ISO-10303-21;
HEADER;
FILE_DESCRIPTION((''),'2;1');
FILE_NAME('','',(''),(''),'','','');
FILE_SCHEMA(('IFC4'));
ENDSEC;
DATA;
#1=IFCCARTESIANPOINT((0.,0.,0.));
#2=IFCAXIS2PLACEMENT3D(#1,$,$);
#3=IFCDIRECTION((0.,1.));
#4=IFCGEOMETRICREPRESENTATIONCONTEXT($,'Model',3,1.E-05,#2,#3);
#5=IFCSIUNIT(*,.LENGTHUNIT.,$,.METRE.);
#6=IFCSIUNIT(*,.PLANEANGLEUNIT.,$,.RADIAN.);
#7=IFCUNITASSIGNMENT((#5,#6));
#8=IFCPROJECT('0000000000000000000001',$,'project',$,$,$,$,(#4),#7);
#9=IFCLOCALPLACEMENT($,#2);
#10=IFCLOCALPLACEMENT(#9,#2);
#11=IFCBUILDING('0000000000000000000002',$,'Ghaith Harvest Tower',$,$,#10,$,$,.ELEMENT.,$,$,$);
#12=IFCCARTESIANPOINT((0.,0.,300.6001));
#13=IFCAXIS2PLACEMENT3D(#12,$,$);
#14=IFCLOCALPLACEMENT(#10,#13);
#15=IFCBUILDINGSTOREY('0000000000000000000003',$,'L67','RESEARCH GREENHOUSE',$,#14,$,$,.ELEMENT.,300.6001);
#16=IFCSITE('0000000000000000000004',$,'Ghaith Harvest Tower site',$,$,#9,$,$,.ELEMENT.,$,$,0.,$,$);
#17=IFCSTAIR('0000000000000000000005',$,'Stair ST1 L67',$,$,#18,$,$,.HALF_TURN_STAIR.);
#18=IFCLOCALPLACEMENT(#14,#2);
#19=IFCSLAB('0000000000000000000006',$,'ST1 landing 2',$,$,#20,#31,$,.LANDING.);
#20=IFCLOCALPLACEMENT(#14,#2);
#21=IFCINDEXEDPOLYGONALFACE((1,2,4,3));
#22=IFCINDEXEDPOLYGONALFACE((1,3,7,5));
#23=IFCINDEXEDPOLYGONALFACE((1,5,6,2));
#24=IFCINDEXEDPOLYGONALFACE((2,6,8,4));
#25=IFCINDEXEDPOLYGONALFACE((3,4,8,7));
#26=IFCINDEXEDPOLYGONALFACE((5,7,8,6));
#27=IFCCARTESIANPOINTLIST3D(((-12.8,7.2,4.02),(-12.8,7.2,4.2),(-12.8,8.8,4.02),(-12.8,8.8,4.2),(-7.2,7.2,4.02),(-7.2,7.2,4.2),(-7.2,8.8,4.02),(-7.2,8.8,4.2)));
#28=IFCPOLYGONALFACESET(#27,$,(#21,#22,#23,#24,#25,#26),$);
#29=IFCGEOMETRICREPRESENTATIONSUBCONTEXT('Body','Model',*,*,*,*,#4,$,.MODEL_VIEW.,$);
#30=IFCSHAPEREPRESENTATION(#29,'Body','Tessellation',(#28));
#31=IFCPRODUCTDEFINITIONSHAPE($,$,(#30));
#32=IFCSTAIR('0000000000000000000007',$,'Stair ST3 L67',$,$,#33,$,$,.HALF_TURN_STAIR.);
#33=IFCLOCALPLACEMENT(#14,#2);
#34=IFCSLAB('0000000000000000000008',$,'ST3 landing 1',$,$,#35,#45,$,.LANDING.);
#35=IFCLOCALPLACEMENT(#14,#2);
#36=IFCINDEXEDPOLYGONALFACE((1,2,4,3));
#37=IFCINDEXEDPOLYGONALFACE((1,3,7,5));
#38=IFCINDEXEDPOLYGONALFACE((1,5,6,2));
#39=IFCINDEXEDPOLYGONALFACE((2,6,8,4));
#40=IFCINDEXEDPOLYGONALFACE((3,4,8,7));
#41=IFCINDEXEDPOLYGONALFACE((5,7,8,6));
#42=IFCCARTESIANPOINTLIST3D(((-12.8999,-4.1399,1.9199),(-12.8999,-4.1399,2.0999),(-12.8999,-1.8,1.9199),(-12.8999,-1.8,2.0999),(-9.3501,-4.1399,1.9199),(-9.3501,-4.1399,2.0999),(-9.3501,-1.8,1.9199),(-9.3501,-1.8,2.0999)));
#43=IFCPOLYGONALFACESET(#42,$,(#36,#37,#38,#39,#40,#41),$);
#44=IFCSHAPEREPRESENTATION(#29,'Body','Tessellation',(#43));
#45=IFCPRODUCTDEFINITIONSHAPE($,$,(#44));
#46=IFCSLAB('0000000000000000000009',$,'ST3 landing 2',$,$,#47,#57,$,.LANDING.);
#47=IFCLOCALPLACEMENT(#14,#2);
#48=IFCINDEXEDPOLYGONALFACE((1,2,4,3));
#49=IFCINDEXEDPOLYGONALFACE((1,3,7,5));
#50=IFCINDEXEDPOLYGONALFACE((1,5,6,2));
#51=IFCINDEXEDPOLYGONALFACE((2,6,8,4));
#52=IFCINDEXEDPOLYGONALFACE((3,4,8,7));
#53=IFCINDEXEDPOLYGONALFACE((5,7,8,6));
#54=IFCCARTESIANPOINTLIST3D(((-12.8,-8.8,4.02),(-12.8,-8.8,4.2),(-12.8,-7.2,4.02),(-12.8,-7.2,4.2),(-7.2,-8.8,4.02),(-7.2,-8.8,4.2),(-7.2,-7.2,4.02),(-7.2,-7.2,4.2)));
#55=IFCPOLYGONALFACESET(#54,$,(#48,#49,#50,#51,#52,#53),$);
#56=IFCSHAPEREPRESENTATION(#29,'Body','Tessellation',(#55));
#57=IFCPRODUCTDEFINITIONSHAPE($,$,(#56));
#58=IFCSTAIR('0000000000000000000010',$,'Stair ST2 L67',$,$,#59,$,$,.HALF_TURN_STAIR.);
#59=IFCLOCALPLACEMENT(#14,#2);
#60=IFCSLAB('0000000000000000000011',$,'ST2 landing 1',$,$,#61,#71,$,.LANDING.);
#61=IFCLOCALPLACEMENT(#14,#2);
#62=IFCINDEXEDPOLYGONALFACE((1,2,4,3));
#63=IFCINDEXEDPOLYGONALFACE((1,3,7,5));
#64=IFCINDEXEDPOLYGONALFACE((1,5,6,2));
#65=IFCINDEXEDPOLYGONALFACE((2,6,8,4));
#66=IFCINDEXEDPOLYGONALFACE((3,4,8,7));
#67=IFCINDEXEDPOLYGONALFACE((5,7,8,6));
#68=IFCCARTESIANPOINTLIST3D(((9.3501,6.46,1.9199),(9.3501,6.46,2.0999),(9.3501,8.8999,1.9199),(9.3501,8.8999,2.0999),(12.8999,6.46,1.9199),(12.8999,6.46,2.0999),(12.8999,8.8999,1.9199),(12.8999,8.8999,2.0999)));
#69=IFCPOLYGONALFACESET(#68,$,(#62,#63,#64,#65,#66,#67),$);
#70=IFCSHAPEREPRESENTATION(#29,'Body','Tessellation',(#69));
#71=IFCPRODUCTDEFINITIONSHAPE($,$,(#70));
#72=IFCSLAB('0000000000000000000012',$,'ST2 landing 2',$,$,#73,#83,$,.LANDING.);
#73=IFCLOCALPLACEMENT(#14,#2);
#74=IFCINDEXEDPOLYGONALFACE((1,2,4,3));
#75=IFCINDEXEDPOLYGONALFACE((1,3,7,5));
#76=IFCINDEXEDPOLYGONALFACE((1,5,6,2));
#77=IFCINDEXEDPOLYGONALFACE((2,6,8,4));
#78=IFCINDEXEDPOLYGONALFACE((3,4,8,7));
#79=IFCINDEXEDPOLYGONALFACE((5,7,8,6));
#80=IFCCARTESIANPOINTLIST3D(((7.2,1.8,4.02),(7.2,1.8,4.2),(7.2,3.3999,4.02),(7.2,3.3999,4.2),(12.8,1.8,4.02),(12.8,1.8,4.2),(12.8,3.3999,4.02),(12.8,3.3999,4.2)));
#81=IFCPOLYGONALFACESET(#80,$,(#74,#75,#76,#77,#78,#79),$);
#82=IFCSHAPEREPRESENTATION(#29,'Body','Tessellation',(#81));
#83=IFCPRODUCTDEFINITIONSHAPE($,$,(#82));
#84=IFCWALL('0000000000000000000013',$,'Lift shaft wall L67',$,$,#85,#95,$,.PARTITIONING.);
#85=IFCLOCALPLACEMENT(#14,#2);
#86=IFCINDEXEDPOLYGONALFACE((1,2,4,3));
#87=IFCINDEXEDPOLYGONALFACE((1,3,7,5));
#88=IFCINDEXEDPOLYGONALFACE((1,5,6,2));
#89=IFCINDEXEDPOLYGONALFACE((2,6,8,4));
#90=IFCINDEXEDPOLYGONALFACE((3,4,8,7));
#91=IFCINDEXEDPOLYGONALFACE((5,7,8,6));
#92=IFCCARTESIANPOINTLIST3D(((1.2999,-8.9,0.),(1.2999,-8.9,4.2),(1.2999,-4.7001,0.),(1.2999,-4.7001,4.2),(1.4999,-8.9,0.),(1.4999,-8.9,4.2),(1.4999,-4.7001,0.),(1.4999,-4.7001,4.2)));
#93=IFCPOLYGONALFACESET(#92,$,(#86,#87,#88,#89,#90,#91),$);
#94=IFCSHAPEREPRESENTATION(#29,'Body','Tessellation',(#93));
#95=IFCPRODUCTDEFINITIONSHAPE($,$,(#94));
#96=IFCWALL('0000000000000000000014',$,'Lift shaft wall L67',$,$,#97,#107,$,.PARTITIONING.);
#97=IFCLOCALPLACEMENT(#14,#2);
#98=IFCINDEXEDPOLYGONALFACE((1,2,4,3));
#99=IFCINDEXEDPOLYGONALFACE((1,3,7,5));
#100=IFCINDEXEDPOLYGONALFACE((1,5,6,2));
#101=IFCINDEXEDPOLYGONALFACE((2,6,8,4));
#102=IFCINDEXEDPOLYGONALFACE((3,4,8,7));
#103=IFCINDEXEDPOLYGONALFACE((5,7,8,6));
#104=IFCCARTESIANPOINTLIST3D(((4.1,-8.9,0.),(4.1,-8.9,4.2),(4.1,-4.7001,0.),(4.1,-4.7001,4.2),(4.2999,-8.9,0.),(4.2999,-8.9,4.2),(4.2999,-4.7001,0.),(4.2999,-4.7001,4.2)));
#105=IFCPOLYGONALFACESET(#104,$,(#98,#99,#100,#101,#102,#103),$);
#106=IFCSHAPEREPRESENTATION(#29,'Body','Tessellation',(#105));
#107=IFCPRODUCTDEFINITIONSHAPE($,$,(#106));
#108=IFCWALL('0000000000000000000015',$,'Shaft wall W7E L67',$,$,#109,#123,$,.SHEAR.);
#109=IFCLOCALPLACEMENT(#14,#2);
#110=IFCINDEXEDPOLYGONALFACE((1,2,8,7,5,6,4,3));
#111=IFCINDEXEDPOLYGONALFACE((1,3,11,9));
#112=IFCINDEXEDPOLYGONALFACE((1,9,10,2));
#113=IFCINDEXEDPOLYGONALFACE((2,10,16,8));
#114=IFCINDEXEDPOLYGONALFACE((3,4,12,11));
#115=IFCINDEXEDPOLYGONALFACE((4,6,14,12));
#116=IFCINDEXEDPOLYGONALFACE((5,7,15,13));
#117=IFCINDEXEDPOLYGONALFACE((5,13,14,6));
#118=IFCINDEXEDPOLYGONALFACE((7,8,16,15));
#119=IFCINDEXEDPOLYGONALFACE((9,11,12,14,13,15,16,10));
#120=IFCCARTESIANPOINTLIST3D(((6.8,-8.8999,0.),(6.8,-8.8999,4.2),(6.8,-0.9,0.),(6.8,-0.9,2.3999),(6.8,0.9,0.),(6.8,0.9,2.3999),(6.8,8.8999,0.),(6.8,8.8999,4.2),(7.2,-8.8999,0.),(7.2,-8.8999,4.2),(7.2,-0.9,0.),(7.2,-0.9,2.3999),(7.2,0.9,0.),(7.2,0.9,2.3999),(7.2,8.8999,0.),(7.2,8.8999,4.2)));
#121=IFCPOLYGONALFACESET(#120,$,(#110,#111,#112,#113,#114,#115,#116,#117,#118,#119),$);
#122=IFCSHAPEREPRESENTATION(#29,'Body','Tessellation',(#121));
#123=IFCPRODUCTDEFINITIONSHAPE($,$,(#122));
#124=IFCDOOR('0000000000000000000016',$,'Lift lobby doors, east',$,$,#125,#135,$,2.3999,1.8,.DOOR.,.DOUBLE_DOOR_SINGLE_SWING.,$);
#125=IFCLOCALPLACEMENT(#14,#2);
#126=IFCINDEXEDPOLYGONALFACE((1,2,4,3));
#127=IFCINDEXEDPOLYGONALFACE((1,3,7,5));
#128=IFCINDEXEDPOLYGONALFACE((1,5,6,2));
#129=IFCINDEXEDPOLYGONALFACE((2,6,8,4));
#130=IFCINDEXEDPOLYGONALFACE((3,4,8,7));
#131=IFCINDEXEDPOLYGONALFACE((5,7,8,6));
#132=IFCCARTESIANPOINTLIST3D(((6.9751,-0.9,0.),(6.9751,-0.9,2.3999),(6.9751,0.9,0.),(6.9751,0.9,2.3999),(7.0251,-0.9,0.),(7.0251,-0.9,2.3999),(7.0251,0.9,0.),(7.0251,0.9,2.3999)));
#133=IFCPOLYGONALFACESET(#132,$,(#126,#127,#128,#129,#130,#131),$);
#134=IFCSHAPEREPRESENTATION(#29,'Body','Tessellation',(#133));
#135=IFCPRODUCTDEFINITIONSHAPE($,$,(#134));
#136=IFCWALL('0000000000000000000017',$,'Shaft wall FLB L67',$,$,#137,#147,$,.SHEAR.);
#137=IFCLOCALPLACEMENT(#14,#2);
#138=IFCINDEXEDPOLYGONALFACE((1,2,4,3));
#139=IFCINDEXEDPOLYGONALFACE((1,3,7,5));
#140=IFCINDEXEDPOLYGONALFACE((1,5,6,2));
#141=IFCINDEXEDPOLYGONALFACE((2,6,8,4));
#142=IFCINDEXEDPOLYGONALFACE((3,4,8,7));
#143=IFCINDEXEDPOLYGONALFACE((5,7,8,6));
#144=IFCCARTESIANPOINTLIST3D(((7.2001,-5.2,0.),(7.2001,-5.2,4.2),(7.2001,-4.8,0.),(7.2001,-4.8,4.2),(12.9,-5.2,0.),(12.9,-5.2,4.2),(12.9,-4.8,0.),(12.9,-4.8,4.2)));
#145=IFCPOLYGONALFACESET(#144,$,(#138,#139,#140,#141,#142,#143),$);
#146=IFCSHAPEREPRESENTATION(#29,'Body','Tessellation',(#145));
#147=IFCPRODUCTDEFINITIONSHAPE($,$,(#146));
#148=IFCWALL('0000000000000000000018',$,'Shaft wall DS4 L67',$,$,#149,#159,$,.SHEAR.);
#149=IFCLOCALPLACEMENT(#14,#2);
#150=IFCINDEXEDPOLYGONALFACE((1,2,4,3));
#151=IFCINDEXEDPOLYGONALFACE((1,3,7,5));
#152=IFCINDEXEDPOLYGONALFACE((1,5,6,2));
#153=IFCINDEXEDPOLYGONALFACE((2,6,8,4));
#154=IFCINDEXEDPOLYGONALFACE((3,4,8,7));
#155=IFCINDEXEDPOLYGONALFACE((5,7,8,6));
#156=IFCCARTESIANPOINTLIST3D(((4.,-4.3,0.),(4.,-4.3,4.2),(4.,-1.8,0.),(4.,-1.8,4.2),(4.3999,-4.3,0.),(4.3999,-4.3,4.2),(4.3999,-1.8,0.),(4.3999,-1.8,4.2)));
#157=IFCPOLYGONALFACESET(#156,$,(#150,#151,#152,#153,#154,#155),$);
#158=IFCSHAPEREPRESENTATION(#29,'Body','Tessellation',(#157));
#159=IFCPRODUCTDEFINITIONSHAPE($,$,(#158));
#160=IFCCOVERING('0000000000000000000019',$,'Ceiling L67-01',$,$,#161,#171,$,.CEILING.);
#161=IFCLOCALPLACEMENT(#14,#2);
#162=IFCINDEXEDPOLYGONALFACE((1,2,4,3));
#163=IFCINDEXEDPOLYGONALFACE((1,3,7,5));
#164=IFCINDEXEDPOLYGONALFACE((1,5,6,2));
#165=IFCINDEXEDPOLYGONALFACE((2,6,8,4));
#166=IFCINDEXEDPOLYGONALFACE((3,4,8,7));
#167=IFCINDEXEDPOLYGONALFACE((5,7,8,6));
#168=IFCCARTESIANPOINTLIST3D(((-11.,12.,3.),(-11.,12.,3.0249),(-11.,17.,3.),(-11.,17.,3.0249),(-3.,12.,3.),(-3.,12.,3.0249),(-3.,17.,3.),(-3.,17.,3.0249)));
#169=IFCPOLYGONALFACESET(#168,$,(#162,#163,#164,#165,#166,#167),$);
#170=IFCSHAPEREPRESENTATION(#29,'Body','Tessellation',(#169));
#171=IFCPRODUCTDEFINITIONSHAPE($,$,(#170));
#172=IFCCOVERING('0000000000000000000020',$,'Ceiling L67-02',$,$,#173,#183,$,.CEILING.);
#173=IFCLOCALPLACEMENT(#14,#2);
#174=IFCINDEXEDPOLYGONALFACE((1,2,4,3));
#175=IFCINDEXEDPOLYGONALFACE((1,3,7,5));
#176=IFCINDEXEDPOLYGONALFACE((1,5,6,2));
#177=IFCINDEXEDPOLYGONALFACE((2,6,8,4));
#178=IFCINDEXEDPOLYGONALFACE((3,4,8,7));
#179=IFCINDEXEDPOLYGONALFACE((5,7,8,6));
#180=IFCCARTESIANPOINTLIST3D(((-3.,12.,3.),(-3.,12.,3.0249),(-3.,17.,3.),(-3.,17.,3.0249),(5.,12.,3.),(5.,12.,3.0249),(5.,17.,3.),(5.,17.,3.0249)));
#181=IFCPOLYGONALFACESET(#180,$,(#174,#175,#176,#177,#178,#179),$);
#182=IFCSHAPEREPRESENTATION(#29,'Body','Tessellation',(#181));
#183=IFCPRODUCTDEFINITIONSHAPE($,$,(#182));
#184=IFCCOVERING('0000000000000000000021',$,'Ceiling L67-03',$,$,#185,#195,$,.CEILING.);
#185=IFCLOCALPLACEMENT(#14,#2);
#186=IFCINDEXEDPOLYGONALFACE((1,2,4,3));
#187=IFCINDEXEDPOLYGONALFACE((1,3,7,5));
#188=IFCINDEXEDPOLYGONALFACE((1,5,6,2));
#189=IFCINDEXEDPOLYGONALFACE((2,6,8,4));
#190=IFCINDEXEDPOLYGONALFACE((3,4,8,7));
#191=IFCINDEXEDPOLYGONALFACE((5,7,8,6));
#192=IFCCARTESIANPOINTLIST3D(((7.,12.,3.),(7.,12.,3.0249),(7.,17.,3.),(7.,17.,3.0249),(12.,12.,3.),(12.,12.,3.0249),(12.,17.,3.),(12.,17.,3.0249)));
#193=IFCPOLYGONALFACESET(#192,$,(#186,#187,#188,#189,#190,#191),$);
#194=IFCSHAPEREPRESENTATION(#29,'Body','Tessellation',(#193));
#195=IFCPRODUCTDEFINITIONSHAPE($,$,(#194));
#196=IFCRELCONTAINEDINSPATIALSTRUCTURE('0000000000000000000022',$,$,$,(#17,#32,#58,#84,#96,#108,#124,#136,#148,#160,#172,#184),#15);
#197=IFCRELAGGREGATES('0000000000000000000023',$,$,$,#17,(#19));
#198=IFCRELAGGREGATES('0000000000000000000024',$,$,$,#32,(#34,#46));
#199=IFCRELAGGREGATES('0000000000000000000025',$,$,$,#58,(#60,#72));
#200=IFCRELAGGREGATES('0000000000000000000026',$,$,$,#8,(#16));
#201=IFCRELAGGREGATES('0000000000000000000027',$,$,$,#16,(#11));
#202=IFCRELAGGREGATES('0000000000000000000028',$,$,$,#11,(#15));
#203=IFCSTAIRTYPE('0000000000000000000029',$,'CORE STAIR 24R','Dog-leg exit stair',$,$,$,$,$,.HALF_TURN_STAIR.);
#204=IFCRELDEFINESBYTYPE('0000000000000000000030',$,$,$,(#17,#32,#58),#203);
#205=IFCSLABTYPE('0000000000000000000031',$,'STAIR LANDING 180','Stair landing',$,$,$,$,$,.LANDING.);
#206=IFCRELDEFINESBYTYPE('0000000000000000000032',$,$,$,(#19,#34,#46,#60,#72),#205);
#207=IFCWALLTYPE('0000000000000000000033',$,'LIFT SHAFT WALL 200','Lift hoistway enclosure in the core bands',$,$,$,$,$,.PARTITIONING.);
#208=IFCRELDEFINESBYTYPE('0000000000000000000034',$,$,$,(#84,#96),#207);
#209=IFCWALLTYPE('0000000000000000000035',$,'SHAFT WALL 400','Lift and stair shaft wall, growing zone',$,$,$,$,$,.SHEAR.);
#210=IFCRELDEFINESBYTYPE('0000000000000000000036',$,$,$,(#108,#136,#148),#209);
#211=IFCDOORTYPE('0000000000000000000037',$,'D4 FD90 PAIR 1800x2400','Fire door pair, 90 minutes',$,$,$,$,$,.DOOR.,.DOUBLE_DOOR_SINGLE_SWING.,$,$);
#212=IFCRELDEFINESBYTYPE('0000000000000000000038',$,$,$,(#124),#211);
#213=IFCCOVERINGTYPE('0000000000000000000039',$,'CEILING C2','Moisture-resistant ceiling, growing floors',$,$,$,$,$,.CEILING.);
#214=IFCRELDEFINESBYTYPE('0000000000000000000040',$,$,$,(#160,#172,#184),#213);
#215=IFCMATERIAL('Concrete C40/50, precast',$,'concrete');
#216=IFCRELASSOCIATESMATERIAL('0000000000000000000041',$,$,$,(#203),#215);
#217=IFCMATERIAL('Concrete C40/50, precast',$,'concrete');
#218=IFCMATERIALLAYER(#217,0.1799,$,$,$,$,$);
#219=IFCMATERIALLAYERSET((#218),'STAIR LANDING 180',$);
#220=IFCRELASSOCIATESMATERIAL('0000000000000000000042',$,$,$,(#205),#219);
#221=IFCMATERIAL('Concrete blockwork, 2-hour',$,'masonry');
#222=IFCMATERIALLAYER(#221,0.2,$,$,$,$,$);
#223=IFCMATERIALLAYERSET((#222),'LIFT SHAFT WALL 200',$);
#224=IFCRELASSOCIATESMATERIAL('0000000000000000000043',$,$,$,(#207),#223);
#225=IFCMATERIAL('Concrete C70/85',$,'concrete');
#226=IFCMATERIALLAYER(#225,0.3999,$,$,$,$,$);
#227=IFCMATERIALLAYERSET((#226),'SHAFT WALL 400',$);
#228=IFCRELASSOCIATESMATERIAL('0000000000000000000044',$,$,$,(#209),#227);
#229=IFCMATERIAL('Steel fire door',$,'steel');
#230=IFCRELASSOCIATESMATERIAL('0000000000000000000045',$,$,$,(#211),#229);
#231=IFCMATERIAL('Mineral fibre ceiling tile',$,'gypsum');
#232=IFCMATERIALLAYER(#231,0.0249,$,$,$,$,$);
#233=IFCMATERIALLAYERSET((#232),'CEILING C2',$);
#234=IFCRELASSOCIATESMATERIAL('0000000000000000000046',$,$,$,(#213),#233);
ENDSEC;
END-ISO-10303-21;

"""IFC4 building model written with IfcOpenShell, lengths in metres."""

from ifc_helpers import new_model, si_unit, direction, frame, frame_2d, origin, place, context, subcontext, project, spatial, polyline, rectangle, outline, extrude, material, layer, layer_set, type_object, element, fill, aggregate, save


model = new_model("IFC4")

# Units and contexts
model_context = context("Model", 3, precision=1e-05, world=origin(), true_north=direction((0.0, 1.0)))
body_context = subcontext(model_context, "Body", "Model", "MODEL_VIEW")
ifc_project = project(units=[si_unit("LENGTHUNIT", "METRE"), si_unit("PLANEANGLEUNIT", "RADIAN")], contexts=[model_context])

# Site, building, storey
site_placement = place(None, origin())
site = spatial("IfcSite", under=ifc_project, at=site_placement, Name="Ghaith Harvest Tower site", CompositionType="ELEMENT", RefElevation=0.0)
building_placement = place(site_placement, origin())
building = spatial("IfcBuilding", under=site, at=building_placement, Name="Ghaith Harvest Tower", CompositionType="ELEMENT")
storey_placement = place(building_placement, frame((0.0, 0.0, 300.6001)))
storey = spatial("IfcBuildingStorey", under=building, at=storey_placement, Name="L67", Description="RESEARCH GREENHOUSE", CompositionType="ELEMENT", Elevation=300.6001)

# Stair, slab
ifc_material_1 = material(Name="Concrete C40/50, precast", Category="concrete")
stair_type = type_object("IfcStairType", Name="CORE STAIR 24R", Description="Dog-leg exit stair", PredefinedType="HALF_TURN_STAIR", material=ifc_material_1)
stair_1_placement = place(storey_placement, origin())
stair_1 = element("IfcStair", 1, at=stair_1_placement, inside=storey, type_object=stair_type, Name="Stair ST1 L67", PredefinedType="HALF_TURN_STAIR")
ifc_material_2 = material(Name="Concrete C40/50, precast", Category="concrete")
ifc_layer_1 = layer(ifc_material_2, 0.1799)
ifc_layer_set_1 = layer_set([ifc_layer_1], Name="STAIR LANDING 180")
slab_type = type_object("IfcSlabType", Name="STAIR LANDING 180", Description="Stair landing", PredefinedType="LANDING", material=ifc_layer_set_1)
slab_1_placement = place(storey_placement, frame((0.0, 0.0, 4.02)))
slab_1 = element("IfcSlab", 2, at=slab_1_placement, type_object=slab_type, Name="ST1 landing 2", PredefinedType="LANDING", context=body_context, shape_type="SweptSolid", body=[
    extrude(outline(polyline([(-12.8, 8.8), (-12.8, 7.2), (-7.2, 7.2), (-7.2, 8.8), (-12.8, 8.8)])), origin(), (0.0, 0.0, 1.0), 0.1799),
])
aggregate(stair_1, [slab_1])

# Stairs, slabs
stair_2_placement = place(storey_placement, origin())
stair_2 = element("IfcStair", 3, at=stair_2_placement, inside=storey, type_object=stair_type, Name="Stair ST3 L67", PredefinedType="HALF_TURN_STAIR")
slab_2_placement = place(storey_placement, frame((0.0, 0.0, 1.9199)))
slab_2 = element("IfcSlab", 4, at=slab_2_placement, type_object=slab_type, Name="ST3 landing 1", PredefinedType="LANDING", context=body_context, shape_type="SweptSolid", body=[
    extrude(outline(polyline([(-12.8999, -4.1399), (-12.8999, -1.8), (-9.3501, -1.8), (-9.3501, -4.1399), (-12.8999, -4.1399)])), origin(), (0.0, 0.0, 1.0), 0.1799),
])
slab_3_placement = place(storey_placement, frame((0.0, 0.0, 4.02)))
slab_3 = element("IfcSlab", 5, at=slab_3_placement, type_object=slab_type, Name="ST3 landing 2", PredefinedType="LANDING", context=body_context, shape_type="SweptSolid", body=[
    extrude(outline(polyline([(-12.8, -8.8), (-12.8, -7.2), (-7.2, -7.2), (-7.2, -8.8), (-12.8, -8.8)])), origin(), (0.0, 0.0, 1.0), 0.1799),
])
aggregate(stair_2, [slab_2, slab_3])
stair_3_placement = place(storey_placement, origin())
stair_3 = element("IfcStair", 6, at=stair_3_placement, inside=storey, type_object=stair_type, Name="Stair ST2 L67", PredefinedType="HALF_TURN_STAIR")
slab_4_placement = place(storey_placement, frame((0.0, 0.0, 1.9199)))
slab_4 = element("IfcSlab", 7, at=slab_4_placement, type_object=slab_type, Name="ST2 landing 1", PredefinedType="LANDING", context=body_context, shape_type="SweptSolid", body=[
    extrude(outline(polyline([(12.8999, 6.46), (12.8999, 8.8999), (9.3501, 8.8999), (9.3501, 6.46), (12.8999, 6.46)])), origin(), (0.0, 0.0, 1.0), 0.1799),
])
slab_5_placement = place(storey_placement, frame((0.0, 0.0, 4.02)))
slab_5 = element("IfcSlab", 8, at=slab_5_placement, type_object=slab_type, Name="ST2 landing 2", PredefinedType="LANDING", context=body_context, shape_type="SweptSolid", body=[
    extrude(outline(polyline([(12.8, 1.8), (12.8, 3.3999), (7.2, 3.3999), (7.2, 1.8), (12.8, 1.8)])), origin(), (0.0, 0.0, 1.0), 0.1799),
])
aggregate(stair_3, [slab_4, slab_5])

# Walls
ifc_material_3 = material(Name="Concrete blockwork, 2-hour", Category="masonry")
ifc_layer_2 = layer(ifc_material_3, 0.2)
ifc_layer_set_2 = layer_set([ifc_layer_2], Name="LIFT SHAFT WALL 200")
wall_type_1 = type_object("IfcWallType", Name="LIFT SHAFT WALL 200", Description="Lift hoistway enclosure in the core bands", PredefinedType="PARTITIONING", material=ifc_layer_set_2)
for number, where, z_axis, x_axis, name in (
    (9, (1.3999, -4.7, 0.0), (0.0, 0.0, 1.0), (0.0, -1.0, 0.0), "Lift shaft wall L67"),
    (10, (4.2, -4.7, 0.0), (0.0, 0.0, 1.0), (0.0, -1.0, 0.0), "Lift shaft wall L67"),
):
    element("IfcWall", number, at=place(storey_placement, frame(where, z_axis=z_axis, x_axis=x_axis)), inside=storey, type_object=wall_type_1, Name=name, PredefinedType="PARTITIONING", context=body_context, shape_type="SweptSolid", body=[
        extrude(rectangle(XDim=4.2, YDim=0.2, at=frame_2d((2.1001, 0.0))), origin(), (0.0, 0.0, 1.0), 4.2),
    ])

# Wall, opening, door
ifc_material_4 = material(Name="Concrete C70/85", Category="concrete")
ifc_layer_3 = layer(ifc_material_4, 0.3999)
ifc_layer_set_3 = layer_set([ifc_layer_3], Name="SHAFT WALL 400")
wall_type_2 = type_object("IfcWallType", Name="SHAFT WALL 400", Description="Lift and stair shaft wall, growing zone", PredefinedType="SHEAR", material=ifc_layer_set_3)
wall_1_placement = place(storey_placement, frame((7.0, -8.8999, 0.0), z_axis=(0.0, 0.0, 1.0), x_axis=(0.0, 1.0, 0.0)))
wall_1 = element("IfcWall", 11, at=wall_1_placement, inside=storey, type_object=wall_type_2, Name="Shaft wall W7E L67", PredefinedType="SHEAR", context=body_context, shape_type="SweptSolid", body=[
    extrude(rectangle(XDim=17.7998, YDim=0.3999, at=frame_2d((8.8999, 0.0))), origin(), (0.0, 0.0, 1.0), 4.2),
])
opening_1_placement = place(wall_1_placement, frame((8.0, 0.0, 0.0)))
opening_1 = element("IfcOpeningElement", 12, at=opening_1_placement, cuts=wall_1, PredefinedType="OPENING", context=body_context, shape_type="SweptSolid", body=[
    extrude(rectangle(XDim=1.8, YDim=2.3999, at=frame_2d((0.8999, 1.2))), frame((0.0, 0.21, 0.0), z_axis=(0.0, -1.0, 0.0), x_axis=(1.0, 0.0, 0.0)), (0.0, 0.0, 1.0), 0.4199),
])
ifc_material_5 = material(Name="Steel fire door", Category="steel")
door_type_1 = type_object("IfcDoorType", Name="D4 FD90 PAIR 1800x2400", Description="Fire door pair, 90 minutes", OperationType="DOUBLE_DOOR_SINGLE_SWING", PredefinedType="DOOR", material=ifc_material_5)
door_1_placement = place(opening_1_placement, origin())
door_1 = element("IfcDoor", 13, at=door_1_placement, inside=storey, type_object=door_type_1, Name="Lift lobby doors, east", OperationType="DOUBLE_DOOR_SINGLE_SWING", OverallHeight=2.3999, OverallWidth=1.8, PredefinedType="DOOR", context=body_context, shape_type="SweptSolid", body=[
    extrude(rectangle(XDim=1.8, YDim=2.3999, at=frame_2d((0.8999, 1.2))), frame((0.0, 0.0249, 0.0), z_axis=(0.0, -1.0, 0.0), x_axis=(1.0, 0.0, 0.0)), (0.0, 0.0, 1.0), 0.05),
])
fill(opening_1, door_1)

# Walls
wall_2_placement = place(storey_placement, frame((7.2, -5.0, 0.0), z_axis=(0.0, 0.0, 1.0), x_axis=(1.0, 0.0, 0.0)))
element("IfcWall", 14, at=wall_2_placement, inside=storey, type_object=wall_type_2, Name="Shaft wall FLB L67", PredefinedType="SHEAR", context=body_context, shape_type="SweptSolid", body=[
    extrude(rectangle(XDim=5.7, YDim=0.3999, at=frame_2d((2.8501, 0.0))), origin(), (0.0, 0.0, 1.0), 4.2),
])
wall_3_placement = place(storey_placement, frame((4.2, -4.3, 0.0), z_axis=(0.0, 0.0, 1.0), x_axis=(0.0, 1.0, 0.0)))
element("IfcWall", 15, at=wall_3_placement, inside=storey, type_object=wall_type_2, Name="Shaft wall DS4 L67", PredefinedType="SHEAR", context=body_context, shape_type="SweptSolid", body=[
    extrude(rectangle(XDim=2.5, YDim=0.3999, at=frame_2d((1.25, 0.0))), origin(), (0.0, 0.0, 1.0), 4.2),
])

# Coverings
ifc_material_6 = material(Name="Mineral fibre ceiling tile", Category="gypsum")
ifc_layer_4 = layer(ifc_material_6, 0.0249)
ifc_layer_set_4 = layer_set([ifc_layer_4], Name="CEILING C2")
covering_type = type_object("IfcCoveringType", Name="CEILING C2", Description="Moisture-resistant ceiling, growing floors", PredefinedType="CEILING", material=ifc_layer_set_4)
covering_1_placement = place(storey_placement, frame((0.0, 0.0, 3.0)))
element("IfcCovering", 16, at=covering_1_placement, inside=storey, type_object=covering_type, Name="Ceiling L67-01", PredefinedType="CEILING", context=body_context, shape_type="SweptSolid", body=[
    extrude(outline(polyline([(-11.0, 12.0), (-3.0, 12.0), (-3.0, 17.0), (-11.0, 17.0), (-11.0, 12.0)])), origin(), (0.0, 0.0, 1.0), 0.0249),
])
covering_2_placement = place(storey_placement, frame((0.0, 0.0, 3.0)))
element("IfcCovering", 17, at=covering_2_placement, inside=storey, type_object=covering_type, Name="Ceiling L67-02", PredefinedType="CEILING", context=body_context, shape_type="SweptSolid", body=[
    extrude(outline(polyline([(-3.0, 12.0), (5.0, 12.0), (5.0, 17.0), (-3.0, 17.0), (-3.0, 12.0)])), origin(), (0.0, 0.0, 1.0), 0.0249),
])
covering_3_placement = place(storey_placement, frame((0.0, 0.0, 3.0)))
element("IfcCovering", 18, at=covering_3_placement, inside=storey, type_object=covering_type, Name="Ceiling L67-03", PredefinedType="CEILING", context=body_context, shape_type="SweptSolid", body=[
    extrude(outline(polyline([(7.0, 12.0), (12.0, 12.0), (12.0, 17.0), (7.0, 17.0), (7.0, 12.0)])), origin(), (0.0, 0.0, 1.0), 0.0249),
])

save(model, "model.ifc")
